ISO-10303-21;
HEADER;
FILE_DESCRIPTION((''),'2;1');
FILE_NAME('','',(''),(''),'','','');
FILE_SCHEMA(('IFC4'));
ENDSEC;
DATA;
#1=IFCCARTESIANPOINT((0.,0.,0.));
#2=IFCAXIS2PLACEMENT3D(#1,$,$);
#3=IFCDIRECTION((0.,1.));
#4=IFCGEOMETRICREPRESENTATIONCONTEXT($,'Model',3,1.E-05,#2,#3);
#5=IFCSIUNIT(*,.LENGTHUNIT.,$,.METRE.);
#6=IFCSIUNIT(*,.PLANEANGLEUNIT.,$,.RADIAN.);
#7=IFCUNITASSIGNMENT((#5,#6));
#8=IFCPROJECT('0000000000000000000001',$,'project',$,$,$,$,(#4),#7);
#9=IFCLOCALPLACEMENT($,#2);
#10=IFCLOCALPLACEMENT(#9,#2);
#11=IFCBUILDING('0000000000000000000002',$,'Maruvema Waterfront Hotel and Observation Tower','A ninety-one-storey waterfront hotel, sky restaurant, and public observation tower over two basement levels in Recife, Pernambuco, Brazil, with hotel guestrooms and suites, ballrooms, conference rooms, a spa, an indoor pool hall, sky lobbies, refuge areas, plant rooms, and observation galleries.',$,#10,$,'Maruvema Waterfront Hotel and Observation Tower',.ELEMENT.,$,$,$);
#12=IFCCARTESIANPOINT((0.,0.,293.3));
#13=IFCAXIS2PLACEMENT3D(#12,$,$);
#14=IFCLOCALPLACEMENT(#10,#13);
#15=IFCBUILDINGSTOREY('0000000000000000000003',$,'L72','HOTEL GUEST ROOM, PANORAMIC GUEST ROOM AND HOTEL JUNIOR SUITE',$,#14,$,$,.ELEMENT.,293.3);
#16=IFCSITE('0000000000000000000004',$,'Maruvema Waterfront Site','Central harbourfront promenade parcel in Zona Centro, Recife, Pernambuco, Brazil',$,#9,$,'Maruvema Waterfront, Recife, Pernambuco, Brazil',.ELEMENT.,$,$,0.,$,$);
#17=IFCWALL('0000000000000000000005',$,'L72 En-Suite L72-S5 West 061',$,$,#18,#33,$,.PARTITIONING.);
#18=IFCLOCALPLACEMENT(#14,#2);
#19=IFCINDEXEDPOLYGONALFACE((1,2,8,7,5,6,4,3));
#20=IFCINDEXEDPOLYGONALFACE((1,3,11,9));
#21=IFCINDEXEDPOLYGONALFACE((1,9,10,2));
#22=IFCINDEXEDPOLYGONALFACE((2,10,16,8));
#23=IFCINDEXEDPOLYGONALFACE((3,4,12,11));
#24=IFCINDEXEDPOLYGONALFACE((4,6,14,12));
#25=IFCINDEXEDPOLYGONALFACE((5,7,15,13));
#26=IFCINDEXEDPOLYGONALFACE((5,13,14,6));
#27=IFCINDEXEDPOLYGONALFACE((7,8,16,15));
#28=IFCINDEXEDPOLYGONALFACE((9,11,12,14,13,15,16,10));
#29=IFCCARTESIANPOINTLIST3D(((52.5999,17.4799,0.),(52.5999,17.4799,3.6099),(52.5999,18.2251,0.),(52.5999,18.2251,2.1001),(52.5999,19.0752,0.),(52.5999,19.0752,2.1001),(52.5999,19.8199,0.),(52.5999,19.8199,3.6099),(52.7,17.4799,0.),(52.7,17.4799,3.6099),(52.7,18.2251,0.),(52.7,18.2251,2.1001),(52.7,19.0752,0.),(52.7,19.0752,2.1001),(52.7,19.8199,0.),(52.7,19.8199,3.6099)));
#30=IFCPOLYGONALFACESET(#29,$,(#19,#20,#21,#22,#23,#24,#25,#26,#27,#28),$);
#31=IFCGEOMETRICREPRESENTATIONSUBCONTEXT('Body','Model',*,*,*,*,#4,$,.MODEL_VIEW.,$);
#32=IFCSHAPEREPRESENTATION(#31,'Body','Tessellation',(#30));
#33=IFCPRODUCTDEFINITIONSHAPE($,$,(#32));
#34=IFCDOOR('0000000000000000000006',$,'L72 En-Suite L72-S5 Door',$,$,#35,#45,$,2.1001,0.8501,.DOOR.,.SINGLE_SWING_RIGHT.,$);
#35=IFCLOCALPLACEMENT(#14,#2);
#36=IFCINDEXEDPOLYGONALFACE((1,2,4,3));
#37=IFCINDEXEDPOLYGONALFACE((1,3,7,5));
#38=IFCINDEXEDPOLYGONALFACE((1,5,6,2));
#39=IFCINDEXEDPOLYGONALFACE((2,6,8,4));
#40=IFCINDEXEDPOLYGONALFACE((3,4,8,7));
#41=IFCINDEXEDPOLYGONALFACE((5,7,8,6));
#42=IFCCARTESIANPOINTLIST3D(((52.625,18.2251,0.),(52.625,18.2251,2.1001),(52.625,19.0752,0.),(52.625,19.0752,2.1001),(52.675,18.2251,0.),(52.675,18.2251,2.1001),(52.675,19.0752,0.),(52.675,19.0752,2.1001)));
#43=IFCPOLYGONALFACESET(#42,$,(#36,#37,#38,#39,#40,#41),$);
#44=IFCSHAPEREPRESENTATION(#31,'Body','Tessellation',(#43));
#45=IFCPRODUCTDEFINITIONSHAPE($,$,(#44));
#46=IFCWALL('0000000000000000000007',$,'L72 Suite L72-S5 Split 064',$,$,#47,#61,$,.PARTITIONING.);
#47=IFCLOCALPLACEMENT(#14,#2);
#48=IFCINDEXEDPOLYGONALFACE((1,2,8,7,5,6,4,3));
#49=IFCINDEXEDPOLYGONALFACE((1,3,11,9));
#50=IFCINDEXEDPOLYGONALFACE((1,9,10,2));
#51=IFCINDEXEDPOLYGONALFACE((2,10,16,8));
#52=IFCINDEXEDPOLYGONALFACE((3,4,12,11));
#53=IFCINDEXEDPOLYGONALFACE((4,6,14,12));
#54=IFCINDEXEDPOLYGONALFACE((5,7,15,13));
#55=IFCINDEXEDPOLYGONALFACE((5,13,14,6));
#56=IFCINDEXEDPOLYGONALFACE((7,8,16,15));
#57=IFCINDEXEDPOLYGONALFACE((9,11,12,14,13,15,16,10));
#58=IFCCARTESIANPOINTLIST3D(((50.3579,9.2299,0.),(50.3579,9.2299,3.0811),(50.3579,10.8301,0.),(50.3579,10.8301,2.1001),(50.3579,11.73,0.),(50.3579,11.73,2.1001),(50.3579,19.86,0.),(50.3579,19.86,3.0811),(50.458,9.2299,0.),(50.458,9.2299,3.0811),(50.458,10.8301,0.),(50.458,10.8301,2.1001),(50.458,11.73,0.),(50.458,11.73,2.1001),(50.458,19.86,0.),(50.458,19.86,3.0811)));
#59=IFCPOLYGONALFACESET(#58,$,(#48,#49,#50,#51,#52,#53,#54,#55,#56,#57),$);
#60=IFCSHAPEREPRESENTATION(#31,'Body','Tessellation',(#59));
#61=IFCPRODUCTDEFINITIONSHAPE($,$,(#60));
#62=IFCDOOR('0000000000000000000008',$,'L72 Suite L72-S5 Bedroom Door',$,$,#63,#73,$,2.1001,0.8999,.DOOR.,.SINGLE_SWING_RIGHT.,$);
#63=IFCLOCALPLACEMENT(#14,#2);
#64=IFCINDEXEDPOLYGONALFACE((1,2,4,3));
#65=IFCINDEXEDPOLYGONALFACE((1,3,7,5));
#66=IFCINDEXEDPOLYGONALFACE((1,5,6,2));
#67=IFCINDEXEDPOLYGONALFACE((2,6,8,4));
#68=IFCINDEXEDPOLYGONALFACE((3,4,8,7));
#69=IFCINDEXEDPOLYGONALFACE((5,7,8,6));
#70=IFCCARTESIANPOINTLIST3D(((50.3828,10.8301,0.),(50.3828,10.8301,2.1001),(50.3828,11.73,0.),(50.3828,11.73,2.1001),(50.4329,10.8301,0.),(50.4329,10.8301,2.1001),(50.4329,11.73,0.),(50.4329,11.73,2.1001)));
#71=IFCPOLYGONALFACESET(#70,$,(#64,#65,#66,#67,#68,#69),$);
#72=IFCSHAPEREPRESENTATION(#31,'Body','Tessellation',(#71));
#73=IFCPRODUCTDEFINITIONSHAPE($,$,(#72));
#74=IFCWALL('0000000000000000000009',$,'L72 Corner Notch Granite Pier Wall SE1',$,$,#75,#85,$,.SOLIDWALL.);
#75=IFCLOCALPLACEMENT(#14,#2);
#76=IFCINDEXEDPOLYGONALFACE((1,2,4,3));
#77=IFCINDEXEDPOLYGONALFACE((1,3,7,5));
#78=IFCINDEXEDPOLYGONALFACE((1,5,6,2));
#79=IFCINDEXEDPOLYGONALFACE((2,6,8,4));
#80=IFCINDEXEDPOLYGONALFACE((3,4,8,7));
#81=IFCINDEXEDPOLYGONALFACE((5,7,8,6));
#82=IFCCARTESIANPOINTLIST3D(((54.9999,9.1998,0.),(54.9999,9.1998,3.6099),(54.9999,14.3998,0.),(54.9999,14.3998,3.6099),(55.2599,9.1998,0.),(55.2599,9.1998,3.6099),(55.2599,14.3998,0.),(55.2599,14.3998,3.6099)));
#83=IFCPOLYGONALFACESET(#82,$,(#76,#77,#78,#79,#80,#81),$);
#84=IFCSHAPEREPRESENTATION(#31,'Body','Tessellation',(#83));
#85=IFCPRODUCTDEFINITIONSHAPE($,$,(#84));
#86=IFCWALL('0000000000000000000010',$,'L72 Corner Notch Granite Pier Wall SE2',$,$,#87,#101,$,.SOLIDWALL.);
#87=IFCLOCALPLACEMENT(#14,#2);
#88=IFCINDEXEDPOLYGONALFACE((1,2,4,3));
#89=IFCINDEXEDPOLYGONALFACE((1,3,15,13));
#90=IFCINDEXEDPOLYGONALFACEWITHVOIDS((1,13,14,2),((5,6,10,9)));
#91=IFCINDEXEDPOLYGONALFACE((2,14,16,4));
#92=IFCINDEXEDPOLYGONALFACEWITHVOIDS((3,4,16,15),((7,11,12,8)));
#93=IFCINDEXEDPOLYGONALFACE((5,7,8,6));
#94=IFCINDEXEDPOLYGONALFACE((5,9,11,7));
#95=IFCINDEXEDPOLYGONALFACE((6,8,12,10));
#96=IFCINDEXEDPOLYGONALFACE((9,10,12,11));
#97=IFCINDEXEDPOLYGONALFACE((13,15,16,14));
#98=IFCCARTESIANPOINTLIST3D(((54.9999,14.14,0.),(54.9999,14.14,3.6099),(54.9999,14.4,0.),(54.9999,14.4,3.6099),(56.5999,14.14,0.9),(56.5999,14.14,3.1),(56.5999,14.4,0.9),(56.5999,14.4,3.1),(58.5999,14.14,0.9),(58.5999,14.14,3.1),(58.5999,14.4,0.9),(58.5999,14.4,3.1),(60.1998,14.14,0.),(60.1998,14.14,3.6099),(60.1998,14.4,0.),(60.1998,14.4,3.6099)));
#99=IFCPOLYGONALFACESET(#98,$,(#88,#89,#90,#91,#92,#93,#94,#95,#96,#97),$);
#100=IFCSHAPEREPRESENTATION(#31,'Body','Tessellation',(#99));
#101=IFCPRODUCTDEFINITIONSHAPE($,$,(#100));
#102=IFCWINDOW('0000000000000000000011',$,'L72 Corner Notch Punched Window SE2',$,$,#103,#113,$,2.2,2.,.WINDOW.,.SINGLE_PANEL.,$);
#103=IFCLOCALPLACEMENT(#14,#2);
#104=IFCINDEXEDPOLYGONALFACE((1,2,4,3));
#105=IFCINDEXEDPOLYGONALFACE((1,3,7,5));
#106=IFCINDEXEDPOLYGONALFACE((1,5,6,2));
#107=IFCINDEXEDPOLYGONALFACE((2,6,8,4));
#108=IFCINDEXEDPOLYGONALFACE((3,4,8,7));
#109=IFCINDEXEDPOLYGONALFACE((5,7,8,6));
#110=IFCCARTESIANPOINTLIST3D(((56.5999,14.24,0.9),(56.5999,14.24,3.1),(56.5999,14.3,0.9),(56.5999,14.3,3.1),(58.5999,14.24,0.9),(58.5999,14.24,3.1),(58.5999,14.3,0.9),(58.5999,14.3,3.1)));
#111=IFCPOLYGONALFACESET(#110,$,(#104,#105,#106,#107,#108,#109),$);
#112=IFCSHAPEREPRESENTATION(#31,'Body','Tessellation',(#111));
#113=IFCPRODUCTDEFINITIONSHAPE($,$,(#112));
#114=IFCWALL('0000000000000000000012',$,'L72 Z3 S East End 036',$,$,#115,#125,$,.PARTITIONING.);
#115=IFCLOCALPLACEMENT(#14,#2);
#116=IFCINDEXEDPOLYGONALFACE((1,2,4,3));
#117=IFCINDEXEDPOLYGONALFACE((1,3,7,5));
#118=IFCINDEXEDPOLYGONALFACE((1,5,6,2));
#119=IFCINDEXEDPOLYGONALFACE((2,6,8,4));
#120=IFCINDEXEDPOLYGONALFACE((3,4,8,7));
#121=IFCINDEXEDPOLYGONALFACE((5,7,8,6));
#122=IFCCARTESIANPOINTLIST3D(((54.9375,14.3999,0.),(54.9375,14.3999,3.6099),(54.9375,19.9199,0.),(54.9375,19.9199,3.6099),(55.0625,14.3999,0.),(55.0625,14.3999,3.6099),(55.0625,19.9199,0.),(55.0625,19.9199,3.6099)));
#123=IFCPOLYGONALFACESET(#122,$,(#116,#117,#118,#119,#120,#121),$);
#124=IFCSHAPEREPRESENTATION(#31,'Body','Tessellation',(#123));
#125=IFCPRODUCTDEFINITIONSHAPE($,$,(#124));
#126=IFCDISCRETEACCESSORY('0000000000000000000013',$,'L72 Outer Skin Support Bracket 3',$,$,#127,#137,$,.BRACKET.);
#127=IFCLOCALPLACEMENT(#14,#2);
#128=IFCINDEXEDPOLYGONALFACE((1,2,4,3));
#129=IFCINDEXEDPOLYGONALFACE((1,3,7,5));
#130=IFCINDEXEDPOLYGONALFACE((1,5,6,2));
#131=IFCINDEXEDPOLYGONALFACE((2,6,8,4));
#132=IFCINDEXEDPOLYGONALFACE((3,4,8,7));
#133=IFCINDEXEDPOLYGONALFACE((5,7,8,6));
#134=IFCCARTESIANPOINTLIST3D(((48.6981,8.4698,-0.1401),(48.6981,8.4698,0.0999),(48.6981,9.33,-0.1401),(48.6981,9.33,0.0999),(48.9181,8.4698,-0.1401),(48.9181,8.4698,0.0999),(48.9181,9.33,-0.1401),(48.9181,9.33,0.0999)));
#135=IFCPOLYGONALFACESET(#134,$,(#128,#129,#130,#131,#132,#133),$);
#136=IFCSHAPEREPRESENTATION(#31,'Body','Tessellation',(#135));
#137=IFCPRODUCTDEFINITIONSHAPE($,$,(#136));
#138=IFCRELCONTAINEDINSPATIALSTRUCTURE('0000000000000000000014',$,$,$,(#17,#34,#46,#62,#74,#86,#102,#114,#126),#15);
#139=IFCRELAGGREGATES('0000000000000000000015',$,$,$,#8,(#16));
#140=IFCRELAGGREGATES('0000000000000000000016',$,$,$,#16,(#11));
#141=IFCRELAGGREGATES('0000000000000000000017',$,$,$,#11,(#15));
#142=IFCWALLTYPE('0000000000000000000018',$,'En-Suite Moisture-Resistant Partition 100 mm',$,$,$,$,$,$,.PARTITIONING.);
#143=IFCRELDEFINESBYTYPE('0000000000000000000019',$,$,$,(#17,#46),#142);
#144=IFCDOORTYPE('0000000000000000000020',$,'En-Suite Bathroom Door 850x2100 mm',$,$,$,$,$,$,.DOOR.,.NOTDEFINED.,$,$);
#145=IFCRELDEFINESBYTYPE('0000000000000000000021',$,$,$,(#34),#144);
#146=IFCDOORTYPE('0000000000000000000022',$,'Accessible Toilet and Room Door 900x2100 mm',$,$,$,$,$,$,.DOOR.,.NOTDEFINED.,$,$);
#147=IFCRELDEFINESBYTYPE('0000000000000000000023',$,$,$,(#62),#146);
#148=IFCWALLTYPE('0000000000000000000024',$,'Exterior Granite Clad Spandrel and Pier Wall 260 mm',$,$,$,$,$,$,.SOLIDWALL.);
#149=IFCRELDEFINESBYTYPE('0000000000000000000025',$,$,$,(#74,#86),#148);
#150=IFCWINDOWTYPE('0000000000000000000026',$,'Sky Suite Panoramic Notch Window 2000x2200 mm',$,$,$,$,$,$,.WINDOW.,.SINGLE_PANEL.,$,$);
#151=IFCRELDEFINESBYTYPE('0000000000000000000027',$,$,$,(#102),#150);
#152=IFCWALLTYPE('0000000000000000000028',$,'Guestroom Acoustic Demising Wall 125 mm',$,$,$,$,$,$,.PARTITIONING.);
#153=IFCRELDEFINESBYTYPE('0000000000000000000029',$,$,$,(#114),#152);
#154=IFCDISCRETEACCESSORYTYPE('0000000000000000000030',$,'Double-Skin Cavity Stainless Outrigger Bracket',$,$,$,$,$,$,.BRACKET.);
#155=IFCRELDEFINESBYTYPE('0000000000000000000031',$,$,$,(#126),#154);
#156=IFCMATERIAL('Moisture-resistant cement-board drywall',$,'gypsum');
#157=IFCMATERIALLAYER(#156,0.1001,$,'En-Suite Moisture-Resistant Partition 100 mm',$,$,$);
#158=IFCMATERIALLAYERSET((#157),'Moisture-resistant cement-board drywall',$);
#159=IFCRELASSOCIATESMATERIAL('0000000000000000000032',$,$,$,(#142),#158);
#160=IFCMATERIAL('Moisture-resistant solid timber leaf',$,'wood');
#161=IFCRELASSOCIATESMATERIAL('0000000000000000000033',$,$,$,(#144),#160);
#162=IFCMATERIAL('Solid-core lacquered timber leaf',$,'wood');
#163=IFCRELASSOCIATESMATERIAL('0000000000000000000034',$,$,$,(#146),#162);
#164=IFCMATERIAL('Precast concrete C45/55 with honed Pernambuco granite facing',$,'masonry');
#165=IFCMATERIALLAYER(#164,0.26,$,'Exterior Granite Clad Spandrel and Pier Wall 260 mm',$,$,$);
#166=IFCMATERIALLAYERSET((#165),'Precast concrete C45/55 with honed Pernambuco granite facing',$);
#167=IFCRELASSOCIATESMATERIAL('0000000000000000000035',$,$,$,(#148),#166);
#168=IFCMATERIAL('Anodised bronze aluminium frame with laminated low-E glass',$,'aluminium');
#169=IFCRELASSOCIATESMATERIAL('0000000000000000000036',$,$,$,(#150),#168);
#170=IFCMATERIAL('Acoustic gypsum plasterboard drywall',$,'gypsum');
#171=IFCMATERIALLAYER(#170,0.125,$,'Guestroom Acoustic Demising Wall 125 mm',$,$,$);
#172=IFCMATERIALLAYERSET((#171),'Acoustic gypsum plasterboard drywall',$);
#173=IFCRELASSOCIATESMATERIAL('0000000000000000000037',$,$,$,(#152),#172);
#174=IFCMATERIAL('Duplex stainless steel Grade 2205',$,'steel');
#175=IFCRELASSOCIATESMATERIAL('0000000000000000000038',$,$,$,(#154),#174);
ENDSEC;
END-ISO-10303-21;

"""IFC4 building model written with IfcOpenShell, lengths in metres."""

from ifc_helpers import new_model, si_unit, direction, frame, frame_2d, origin, origin_2d, place, context, subcontext, project, spatial, rectangle, extrude, material, layer, layer_set, type_object, element, fill, save


model = new_model("IFC4")

# Units and contexts
model_context = context("Model", 3, precision=1e-05, world=origin(), true_north=direction((0.0, 1.0)))
body_context = subcontext(model_context, "Body", "Model", "MODEL_VIEW")
ifc_project = project(units=[si_unit("LENGTHUNIT", "METRE"), si_unit("PLANEANGLEUNIT", "RADIAN")], contexts=[model_context])

# Site, building, storey
site_placement = place(None, origin())
site = spatial("IfcSite", under=ifc_project, at=site_placement, Name="Maruvema Waterfront Site", Description="Central harbourfront promenade parcel in Zona Centro, Recife, Pernambuco, Brazil", LongName="Maruvema Waterfront, Recife, Pernambuco, Brazil", CompositionType="ELEMENT", RefElevation=0.0)
building_placement = place(site_placement, origin())
building = spatial("IfcBuilding", under=site, at=building_placement, Name="Maruvema Waterfront Hotel and Observation Tower", Description="A ninety-one-storey waterfront hotel, sky restaurant, and public observation tower over two basement levels in Recife, Pernambuco, Brazil, with hotel guestrooms and suites, ballrooms, conference rooms, a spa, an indoor pool hall, sky lobbies, refuge areas, plant rooms, and observation galleries.", LongName="Maruvema Waterfront Hotel and Observation Tower", CompositionType="ELEMENT")
storey_placement = place(building_placement, frame((0.0, 0.0, 293.3)))
storey = spatial("IfcBuildingStorey", under=building, at=storey_placement, Name="L72", Description="HOTEL GUEST ROOM, PANORAMIC GUEST ROOM AND HOTEL JUNIOR SUITE", CompositionType="ELEMENT", Elevation=293.3)

# Shared definitions
ifc_material_1 = material(Name="Moisture-resistant cement-board drywall", Category="gypsum")
ifc_layer_1 = layer(ifc_material_1, 0.1001, Name="En-Suite Moisture-Resistant Partition 100 mm")
ifc_layer_set_1 = layer_set([ifc_layer_1], Name="Moisture-resistant cement-board drywall")
wall_type_1 = type_object("IfcWallType", Name="En-Suite Moisture-Resistant Partition 100 mm", PredefinedType="PARTITIONING", material=ifc_layer_set_1)

# Walls, openings, doors
wall_1_placement = place(storey_placement, frame((52.6499, 17.48, 0.0), z_axis=(0.0, 0.0, 1.0), x_axis=(0.0, 1.0, 0.0)))
wall_1 = element("IfcWall", 1, at=wall_1_placement, inside=storey, type_object=wall_type_1, Name="L72 En-Suite L72-S5 West 061", PredefinedType="PARTITIONING", context=body_context, shape_type="SweptSolid", body=[
    extrude(rectangle(XDim=2.3401, YDim=0.1001, at=frame_2d((1.1699, 0.0))), origin(), (0.0, 0.0, 1.0), 3.6099),
])
opening_1_placement = place(wall_1_placement, frame((0.7451, 0.0, 0.0)))
opening_1 = element("IfcOpeningElement", 2, at=opening_1_placement, cuts=wall_1, PredefinedType="OPENING", context=body_context, shape_type="SweptSolid", body=[
    extrude(rectangle(XDim=0.8501, YDim=2.1001, at=frame_2d((0.425, 1.05))), frame((0.0, 0.0601, 0.0), z_axis=(0.0, -1.0, 0.0), x_axis=(1.0, 0.0, 0.0)), (0.0, 0.0, 1.0), 0.1201),
])
ifc_material_2 = material(Name="Moisture-resistant solid timber leaf", Category="wood")
door_type_1 = type_object("IfcDoorType", Name="En-Suite Bathroom Door 850x2100 mm", OperationType="NOTDEFINED", PredefinedType="DOOR", material=ifc_material_2)
door_1_placement = place(opening_1_placement, origin())
door_1 = element("IfcDoor", 3, at=door_1_placement, inside=storey, type_object=door_type_1, Name="L72 En-Suite L72-S5 Door", OperationType="SINGLE_SWING_RIGHT", OverallHeight=2.1001, OverallWidth=0.8501, PredefinedType="DOOR", context=body_context, shape_type="SweptSolid", body=[
    extrude(rectangle(XDim=0.8501, YDim=2.1001, at=frame_2d((0.425, 1.05))), frame((0.0, 0.0249, 0.0), z_axis=(0.0, -1.0, 0.0), x_axis=(1.0, 0.0, 0.0)), (0.0, 0.0, 1.0), 0.05),
])
fill(opening_1, door_1)
wall_2_placement = place(storey_placement, frame((50.408, 9.23, 0.0), z_axis=(0.0, 0.0, 1.0), x_axis=(0.0, 1.0, 0.0)))
wall_2 = element("IfcWall", 4, at=wall_2_placement, inside=storey, type_object=wall_type_1, Name="L72 Suite L72-S5 Split 064", PredefinedType="PARTITIONING", context=body_context, shape_type="SweptSolid", body=[
    extrude(rectangle(XDim=10.6301, YDim=0.1001, at=frame_2d((5.3149, 0.0))), origin(), (0.0, 0.0, 1.0), 3.0811),
])
opening_2_placement = place(wall_2_placement, frame((1.6001, 0.0, 0.0)))
opening_2 = element("IfcOpeningElement", 5, at=opening_2_placement, cuts=wall_2, PredefinedType="OPENING", context=body_context, shape_type="SweptSolid", body=[
    extrude(rectangle(XDim=0.8999, YDim=2.1001, at=frame_2d((0.45, 1.05))), frame((0.0, 0.0601, 0.0), z_axis=(0.0, -1.0, 0.0), x_axis=(1.0, 0.0, 0.0)), (0.0, 0.0, 1.0), 0.1201),
])
ifc_material_3 = material(Name="Solid-core lacquered timber leaf", Category="wood")
door_type_2 = type_object("IfcDoorType", Name="Accessible Toilet and Room Door 900x2100 mm", OperationType="NOTDEFINED", PredefinedType="DOOR", material=ifc_material_3)
door_2_placement = place(opening_2_placement, frame((0.8999, 0.0, 0.0), z_axis=(0.0, 0.0, 1.0), x_axis=(-1.0, 0.0, 0.0)))
door_2 = element("IfcDoor", 6, at=door_2_placement, inside=storey, type_object=door_type_2, Name="L72 Suite L72-S5 Bedroom Door", OperationType="SINGLE_SWING_RIGHT", OverallHeight=2.1001, OverallWidth=0.8999, PredefinedType="DOOR", context=body_context, shape_type="SweptSolid", body=[
    extrude(rectangle(XDim=0.8999, YDim=2.1001, at=frame_2d((0.45, 1.05))), frame((0.0, 0.0249, 0.0), z_axis=(0.0, -1.0, 0.0), x_axis=(1.0, 0.0, 0.0)), (0.0, 0.0, 1.0), 0.05),
])
fill(opening_2, door_2)

# Wall
ifc_material_4 = material(Name="Precast concrete C45/55 with honed Pernambuco granite facing", Category="masonry")
ifc_layer_2 = layer(ifc_material_4, 0.26, Name="Exterior Granite Clad Spandrel and Pier Wall 260 mm")
ifc_layer_set_2 = layer_set([ifc_layer_2], Name="Precast concrete C45/55 with honed Pernambuco granite facing")
wall_type_2 = type_object("IfcWallType", Name="Exterior Granite Clad Spandrel and Pier Wall 260 mm", PredefinedType="SOLIDWALL", material=ifc_layer_set_2)
wall_3_placement = place(storey_placement, frame((55.1299, 14.3999, 0.0), z_axis=(0.0, 0.0, 1.0), x_axis=(0.0, -1.0, 0.0)))
element("IfcWall", 7, at=wall_3_placement, inside=storey, type_object=wall_type_2, Name="L72 Corner Notch Granite Pier Wall SE1", PredefinedType="SOLIDWALL", context=body_context, shape_type="SweptSolid", body=[
    extrude(rectangle(XDim=5.2, YDim=0.26, at=frame_2d((2.6001, 0.0))), origin(), (0.0, 0.0, 1.0), 3.6099),
])

# Wall, opening, window
wall_4_placement = place(storey_placement, frame((60.2, 14.27, 0.0), z_axis=(0.0, 0.0, 1.0), x_axis=(-1.0, 0.0, 0.0)))
wall_4 = element("IfcWall", 8, at=wall_4_placement, inside=storey, type_object=wall_type_2, Name="L72 Corner Notch Granite Pier Wall SE2", PredefinedType="SOLIDWALL", context=body_context, shape_type="SweptSolid", body=[
    extrude(rectangle(XDim=5.2, YDim=0.26, at=frame_2d((2.6001, 0.0))), origin(), (0.0, 0.0, 1.0), 3.6099),
])
opening_3_placement = place(wall_4_placement, frame((1.6001, 0.0, 0.8999)))
opening_3 = element("IfcOpeningElement", 9, at=opening_3_placement, cuts=wall_4, PredefinedType="OPENING", context=body_context, shape_type="SweptSolid", body=[
    extrude(rectangle(XDim=2.0, YDim=2.2, at=frame_2d((1.0, 1.1001))), frame((0.0, 0.1401, 0.0), z_axis=(0.0, -1.0, 0.0), x_axis=(1.0, 0.0, 0.0)), (0.0, 0.0, 1.0), 0.28),
])
ifc_material_5 = material(Name="Anodised bronze aluminium frame with laminated low-E glass", Category="aluminium")
window_type = type_object("IfcWindowType", Name="Sky Suite Panoramic Notch Window 2000x2200 mm", PartitioningType="SINGLE_PANEL", PredefinedType="WINDOW", material=ifc_material_5)
window_placement = place(opening_3_placement, origin())
window = element("IfcWindow", 10, at=window_placement, inside=storey, type_object=window_type, Name="L72 Corner Notch Punched Window SE2", OverallHeight=2.2, OverallWidth=2.0, PartitioningType="SINGLE_PANEL", PredefinedType="WINDOW", context=body_context, shape_type="SweptSolid", body=[
    extrude(rectangle(XDim=2.0, YDim=2.2, at=frame_2d((1.0, 1.1001))), frame((0.0, 0.03, 0.0), z_axis=(0.0, -1.0, 0.0), x_axis=(1.0, 0.0, 0.0)), (0.0, 0.0, 1.0), 0.0601),
])
fill(opening_3, window)

# Wall
ifc_material_6 = material(Name="Acoustic gypsum plasterboard drywall", Category="gypsum")
ifc_layer_3 = layer(ifc_material_6, 0.125, Name="Guestroom Acoustic Demising Wall 125 mm")
ifc_layer_set_3 = layer_set([ifc_layer_3], Name="Acoustic gypsum plasterboard drywall")
wall_type_3 = type_object("IfcWallType", Name="Guestroom Acoustic Demising Wall 125 mm", PredefinedType="PARTITIONING", material=ifc_layer_set_3)
wall_5_placement = place(storey_placement, frame((55.0, 14.3999, 0.0), z_axis=(0.0, 0.0, 1.0), x_axis=(0.0, 1.0, 0.0)))
element("IfcWall", 11, at=wall_5_placement, inside=storey, type_object=wall_type_3, Name="L72 Z3 S East End 036", PredefinedType="PARTITIONING", context=body_context, shape_type="SweptSolid", body=[
    extrude(rectangle(XDim=5.52, YDim=0.125, at=frame_2d((2.76, 0.0))), origin(), (0.0, 0.0, 1.0), 3.6099),
])

# Discrete accessory
ifc_material_7 = material(Name="Duplex stainless steel Grade 2205", Category="steel")
discrete_accessory_type = type_object("IfcDiscreteAccessoryType", Name="Double-Skin Cavity Stainless Outrigger Bracket", PredefinedType="BRACKET", material=ifc_material_7)
discrete_accessory_placement = place(storey_placement, frame((48.8081, 8.8999, -0.1401), z_axis=(0.0, 0.0, 1.0), x_axis=(1.0, 0.0, 0.0)))
element("IfcDiscreteAccessory", 12, at=discrete_accessory_placement, inside=storey, type_object=discrete_accessory_type, Name="L72 Outer Skin Support Bracket 3", PredefinedType="BRACKET", context=body_context, shape_type="SweptSolid", body=[
    extrude(rectangle(XDim=0.22, YDim=0.8601, at=origin_2d()), origin(), (0.0, 0.0, 1.0), 0.24),
])

save(model, "model.ifc")
